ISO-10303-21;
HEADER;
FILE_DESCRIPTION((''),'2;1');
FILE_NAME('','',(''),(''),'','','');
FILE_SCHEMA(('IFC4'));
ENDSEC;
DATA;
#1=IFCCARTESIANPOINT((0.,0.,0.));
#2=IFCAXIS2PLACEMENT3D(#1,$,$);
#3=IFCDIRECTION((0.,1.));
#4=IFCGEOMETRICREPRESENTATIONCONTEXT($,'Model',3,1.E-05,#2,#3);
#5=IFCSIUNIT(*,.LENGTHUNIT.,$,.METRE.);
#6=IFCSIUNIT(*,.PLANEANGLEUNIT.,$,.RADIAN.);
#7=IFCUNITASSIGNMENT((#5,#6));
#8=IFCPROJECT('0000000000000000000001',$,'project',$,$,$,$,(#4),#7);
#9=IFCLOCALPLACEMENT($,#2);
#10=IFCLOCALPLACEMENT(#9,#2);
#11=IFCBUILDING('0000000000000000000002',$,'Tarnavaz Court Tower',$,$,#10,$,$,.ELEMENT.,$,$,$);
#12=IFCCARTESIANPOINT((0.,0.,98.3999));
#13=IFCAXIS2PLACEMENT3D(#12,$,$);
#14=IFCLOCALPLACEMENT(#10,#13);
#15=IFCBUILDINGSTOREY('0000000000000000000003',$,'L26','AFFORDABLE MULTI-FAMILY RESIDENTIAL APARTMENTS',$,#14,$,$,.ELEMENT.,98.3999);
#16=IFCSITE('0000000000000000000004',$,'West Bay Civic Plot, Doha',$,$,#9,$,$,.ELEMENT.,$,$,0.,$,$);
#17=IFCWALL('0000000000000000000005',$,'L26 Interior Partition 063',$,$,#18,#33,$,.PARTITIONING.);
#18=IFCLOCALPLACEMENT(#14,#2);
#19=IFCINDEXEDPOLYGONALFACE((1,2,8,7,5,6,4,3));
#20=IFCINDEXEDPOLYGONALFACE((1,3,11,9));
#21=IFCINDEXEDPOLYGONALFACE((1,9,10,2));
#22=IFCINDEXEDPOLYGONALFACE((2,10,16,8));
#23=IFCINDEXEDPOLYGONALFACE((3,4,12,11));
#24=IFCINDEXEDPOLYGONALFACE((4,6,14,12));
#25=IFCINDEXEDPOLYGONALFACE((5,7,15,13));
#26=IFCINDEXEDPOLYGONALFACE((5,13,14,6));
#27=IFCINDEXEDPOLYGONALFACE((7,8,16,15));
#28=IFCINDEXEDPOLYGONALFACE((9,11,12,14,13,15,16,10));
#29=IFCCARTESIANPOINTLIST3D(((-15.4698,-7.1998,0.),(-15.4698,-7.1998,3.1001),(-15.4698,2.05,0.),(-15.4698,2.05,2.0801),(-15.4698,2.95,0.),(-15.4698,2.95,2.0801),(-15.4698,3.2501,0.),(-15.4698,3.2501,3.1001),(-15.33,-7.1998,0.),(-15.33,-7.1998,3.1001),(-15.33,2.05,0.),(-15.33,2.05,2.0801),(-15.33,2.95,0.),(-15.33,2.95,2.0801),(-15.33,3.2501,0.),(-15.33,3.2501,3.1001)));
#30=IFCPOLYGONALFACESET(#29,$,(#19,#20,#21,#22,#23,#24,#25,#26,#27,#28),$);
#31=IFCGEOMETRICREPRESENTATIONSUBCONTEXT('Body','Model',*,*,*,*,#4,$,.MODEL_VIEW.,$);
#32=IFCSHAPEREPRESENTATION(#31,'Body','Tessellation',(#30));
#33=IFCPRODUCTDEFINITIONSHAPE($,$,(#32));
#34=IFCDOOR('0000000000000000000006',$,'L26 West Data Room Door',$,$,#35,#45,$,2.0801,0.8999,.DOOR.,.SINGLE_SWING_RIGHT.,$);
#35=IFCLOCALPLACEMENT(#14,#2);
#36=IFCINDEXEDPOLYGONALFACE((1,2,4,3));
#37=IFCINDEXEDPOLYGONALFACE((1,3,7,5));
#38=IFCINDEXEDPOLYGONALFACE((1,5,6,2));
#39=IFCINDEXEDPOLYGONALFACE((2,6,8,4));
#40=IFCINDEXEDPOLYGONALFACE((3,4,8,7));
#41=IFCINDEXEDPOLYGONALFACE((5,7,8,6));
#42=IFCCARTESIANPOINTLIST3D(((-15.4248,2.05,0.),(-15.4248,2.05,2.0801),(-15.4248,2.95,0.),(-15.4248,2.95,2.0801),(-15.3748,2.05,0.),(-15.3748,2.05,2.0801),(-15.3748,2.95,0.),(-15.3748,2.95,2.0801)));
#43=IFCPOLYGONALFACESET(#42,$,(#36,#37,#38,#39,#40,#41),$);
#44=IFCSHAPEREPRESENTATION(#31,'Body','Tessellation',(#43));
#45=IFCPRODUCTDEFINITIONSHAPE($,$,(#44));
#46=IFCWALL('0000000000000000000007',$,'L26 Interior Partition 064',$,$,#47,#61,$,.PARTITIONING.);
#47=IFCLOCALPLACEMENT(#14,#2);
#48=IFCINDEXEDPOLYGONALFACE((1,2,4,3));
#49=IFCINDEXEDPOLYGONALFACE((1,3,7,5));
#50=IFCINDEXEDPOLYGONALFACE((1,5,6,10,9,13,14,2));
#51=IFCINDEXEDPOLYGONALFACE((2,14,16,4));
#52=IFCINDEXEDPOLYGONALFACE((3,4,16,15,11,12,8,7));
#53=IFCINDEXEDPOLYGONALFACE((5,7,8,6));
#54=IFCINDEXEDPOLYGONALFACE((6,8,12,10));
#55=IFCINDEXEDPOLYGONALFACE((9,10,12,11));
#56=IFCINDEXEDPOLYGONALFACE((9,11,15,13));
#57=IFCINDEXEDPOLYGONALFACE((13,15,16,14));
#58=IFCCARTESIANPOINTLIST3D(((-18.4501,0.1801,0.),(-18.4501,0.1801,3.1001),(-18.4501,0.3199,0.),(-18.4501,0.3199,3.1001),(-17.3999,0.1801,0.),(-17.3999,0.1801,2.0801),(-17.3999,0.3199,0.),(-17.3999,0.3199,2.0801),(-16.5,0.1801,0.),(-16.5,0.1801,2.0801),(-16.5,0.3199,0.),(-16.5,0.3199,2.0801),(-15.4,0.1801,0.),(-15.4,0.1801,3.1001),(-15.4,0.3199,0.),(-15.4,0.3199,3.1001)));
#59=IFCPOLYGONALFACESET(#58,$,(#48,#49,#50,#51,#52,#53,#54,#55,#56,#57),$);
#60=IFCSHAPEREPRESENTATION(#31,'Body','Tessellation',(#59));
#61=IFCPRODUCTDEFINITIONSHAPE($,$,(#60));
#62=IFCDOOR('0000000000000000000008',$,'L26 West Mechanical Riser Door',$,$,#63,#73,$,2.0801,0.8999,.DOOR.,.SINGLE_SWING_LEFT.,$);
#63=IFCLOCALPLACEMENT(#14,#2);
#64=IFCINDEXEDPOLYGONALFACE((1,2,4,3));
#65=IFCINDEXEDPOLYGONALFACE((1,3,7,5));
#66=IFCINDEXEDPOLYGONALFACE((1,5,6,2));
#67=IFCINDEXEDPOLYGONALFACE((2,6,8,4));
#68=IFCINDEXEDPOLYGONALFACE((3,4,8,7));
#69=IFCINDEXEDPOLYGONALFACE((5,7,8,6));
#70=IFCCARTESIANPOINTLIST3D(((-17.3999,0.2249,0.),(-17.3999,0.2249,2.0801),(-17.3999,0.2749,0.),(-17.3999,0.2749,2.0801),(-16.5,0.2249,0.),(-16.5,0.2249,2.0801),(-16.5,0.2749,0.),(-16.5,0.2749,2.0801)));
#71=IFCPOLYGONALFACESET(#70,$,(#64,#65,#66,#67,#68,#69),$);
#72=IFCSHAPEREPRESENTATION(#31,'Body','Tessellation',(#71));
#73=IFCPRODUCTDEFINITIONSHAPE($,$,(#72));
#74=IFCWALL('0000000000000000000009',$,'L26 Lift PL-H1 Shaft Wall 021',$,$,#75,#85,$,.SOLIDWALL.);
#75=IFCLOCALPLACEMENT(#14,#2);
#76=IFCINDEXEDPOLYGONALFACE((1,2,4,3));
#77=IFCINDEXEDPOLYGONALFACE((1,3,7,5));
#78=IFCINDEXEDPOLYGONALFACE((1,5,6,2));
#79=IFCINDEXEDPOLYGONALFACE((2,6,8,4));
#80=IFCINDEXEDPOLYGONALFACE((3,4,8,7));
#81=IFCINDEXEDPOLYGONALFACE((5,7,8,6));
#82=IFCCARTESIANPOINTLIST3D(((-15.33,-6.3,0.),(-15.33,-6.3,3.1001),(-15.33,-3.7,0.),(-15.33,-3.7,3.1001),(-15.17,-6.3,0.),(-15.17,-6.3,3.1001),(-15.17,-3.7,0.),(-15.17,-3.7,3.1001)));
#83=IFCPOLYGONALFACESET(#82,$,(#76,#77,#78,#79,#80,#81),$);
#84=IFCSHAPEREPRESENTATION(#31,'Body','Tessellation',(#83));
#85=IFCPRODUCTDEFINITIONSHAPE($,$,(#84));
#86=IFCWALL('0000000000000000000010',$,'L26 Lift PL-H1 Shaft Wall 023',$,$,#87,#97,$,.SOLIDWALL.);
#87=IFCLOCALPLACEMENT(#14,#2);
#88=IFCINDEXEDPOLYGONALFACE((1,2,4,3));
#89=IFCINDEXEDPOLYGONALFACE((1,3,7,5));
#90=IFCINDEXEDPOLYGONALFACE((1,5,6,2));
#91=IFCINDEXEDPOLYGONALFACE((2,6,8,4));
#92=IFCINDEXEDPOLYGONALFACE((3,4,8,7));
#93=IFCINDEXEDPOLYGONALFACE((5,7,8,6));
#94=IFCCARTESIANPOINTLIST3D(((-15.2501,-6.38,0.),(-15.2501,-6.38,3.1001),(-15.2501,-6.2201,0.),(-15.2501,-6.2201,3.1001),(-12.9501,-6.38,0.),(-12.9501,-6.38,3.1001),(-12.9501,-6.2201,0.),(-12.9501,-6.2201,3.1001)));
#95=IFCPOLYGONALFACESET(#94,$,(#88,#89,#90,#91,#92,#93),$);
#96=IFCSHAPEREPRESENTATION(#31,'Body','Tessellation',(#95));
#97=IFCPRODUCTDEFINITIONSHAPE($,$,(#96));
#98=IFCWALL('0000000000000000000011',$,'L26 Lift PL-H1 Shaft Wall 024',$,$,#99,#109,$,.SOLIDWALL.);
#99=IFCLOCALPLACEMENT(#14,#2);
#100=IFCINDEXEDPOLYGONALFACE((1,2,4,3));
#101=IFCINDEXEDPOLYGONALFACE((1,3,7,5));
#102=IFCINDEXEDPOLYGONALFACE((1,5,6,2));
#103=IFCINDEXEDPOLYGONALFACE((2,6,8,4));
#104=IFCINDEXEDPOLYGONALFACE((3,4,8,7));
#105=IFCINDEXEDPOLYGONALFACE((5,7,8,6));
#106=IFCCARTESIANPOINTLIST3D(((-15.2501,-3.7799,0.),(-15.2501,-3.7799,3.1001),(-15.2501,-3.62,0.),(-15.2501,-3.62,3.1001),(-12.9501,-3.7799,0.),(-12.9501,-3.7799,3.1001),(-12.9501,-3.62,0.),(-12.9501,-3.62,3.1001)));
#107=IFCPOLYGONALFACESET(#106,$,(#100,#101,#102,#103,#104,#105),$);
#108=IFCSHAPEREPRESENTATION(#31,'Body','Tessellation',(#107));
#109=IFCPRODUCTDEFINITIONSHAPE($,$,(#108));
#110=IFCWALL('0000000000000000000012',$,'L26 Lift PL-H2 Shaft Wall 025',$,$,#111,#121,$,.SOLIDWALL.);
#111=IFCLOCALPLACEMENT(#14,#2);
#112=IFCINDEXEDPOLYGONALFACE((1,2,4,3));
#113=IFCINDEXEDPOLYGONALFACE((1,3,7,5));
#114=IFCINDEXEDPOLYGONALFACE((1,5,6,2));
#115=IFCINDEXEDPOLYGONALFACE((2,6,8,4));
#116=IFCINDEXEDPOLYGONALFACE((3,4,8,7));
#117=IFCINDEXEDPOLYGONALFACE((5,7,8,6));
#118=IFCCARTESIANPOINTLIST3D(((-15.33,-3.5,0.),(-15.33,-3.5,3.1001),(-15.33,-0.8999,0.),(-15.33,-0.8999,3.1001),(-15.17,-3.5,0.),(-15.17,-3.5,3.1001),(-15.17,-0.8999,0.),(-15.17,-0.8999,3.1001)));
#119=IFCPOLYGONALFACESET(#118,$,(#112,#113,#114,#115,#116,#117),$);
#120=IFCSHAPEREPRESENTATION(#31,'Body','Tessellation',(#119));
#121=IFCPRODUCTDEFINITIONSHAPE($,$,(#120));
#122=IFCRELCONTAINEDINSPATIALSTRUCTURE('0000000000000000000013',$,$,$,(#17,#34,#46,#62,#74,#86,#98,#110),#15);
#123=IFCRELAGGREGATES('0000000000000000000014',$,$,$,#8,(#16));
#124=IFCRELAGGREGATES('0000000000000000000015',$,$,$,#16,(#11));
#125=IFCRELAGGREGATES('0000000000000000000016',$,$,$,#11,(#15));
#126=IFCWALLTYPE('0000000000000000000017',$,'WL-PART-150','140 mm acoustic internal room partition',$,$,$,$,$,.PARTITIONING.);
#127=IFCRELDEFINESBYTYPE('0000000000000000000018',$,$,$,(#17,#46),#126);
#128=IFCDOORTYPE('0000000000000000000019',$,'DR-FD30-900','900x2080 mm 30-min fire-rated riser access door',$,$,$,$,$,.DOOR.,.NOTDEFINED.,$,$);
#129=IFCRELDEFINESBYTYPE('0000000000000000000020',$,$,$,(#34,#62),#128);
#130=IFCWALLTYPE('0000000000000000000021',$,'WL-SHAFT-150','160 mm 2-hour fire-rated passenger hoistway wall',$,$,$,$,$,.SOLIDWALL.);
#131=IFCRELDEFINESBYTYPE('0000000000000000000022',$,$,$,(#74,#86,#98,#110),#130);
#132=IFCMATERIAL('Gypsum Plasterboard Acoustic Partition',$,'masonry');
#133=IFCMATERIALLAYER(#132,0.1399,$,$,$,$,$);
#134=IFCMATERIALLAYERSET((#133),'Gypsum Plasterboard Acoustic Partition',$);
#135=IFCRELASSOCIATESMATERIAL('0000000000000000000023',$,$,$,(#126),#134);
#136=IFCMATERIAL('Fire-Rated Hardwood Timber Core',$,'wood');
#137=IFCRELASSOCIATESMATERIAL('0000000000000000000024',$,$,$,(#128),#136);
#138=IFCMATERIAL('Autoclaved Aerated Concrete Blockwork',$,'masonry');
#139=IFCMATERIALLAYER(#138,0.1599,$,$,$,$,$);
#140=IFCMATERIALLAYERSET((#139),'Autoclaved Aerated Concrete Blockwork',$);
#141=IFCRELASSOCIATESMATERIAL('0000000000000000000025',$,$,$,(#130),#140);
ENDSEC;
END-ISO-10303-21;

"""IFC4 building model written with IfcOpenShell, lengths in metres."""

from ifc_helpers import new_model, si_unit, direction, frame, frame_2d, origin, place, context, subcontext, project, spatial, rectangle, extrude, material, layer, layer_set, type_object, element, fill, save


model = new_model("IFC4")

# Units and contexts
model_context = context("Model", 3, precision=1e-05, world=origin(), true_north=direction((0.0, 1.0)))
body_context = subcontext(model_context, "Body", "Model", "MODEL_VIEW")
ifc_project = project(units=[si_unit("LENGTHUNIT", "METRE"), si_unit("PLANEANGLEUNIT", "RADIAN")], contexts=[model_context])

# Site, building, storey
site_placement = place(None, origin())
site = spatial("IfcSite", under=ifc_project, at=site_placement, Name="West Bay Civic Plot, Doha", CompositionType="ELEMENT", RefElevation=0.0)
building_placement = place(site_placement, origin())
building = spatial("IfcBuilding", under=site, at=building_placement, Name="Tarnavaz Court Tower", CompositionType="ELEMENT")
storey_placement = place(building_placement, frame((0.0, 0.0, 98.3999)))
storey = spatial("IfcBuildingStorey", under=building, at=storey_placement, Name="L26", Description="AFFORDABLE MULTI-FAMILY RESIDENTIAL APARTMENTS", CompositionType="ELEMENT", Elevation=98.3999)

# Shared definitions
ifc_material_1 = material(Name="Fire-Rated Hardwood Timber Core", Category="wood")

# Walls, openings, doors
ifc_material_2 = material(Name="Gypsum Plasterboard Acoustic Partition", Category="masonry")
ifc_layer_1 = layer(ifc_material_2, 0.1399)
ifc_layer_set_1 = layer_set([ifc_layer_1], Name="Gypsum Plasterboard Acoustic Partition")
wall_type_1 = type_object("IfcWallType", Name="WL-PART-150", Description="140 mm acoustic internal room partition", PredefinedType="PARTITIONING", material=ifc_layer_set_1)
wall_1_placement = place(storey_placement, frame((-15.3999, -7.2, 0.0), z_axis=(0.0, 0.0, 1.0), x_axis=(0.0, 1.0, 0.0)))
wall_1 = element("IfcWall", 1, at=wall_1_placement, inside=storey, type_object=wall_type_1, Name="L26 Interior Partition 063", PredefinedType="PARTITIONING", context=body_context, shape_type="SweptSolid", body=[
    extrude(rectangle(XDim=10.45, YDim=0.1399, at=frame_2d((5.2251, 0.0))), origin(), (0.0, 0.0, 1.0), 3.1001),
])
opening_1_placement = place(wall_1_placement, frame((9.25, 0.0, 0.0)))
opening_1 = element("IfcOpeningElement", 2, at=opening_1_placement, cuts=wall_1, PredefinedType="OPENING", context=body_context, shape_type="SweptSolid", body=[
    extrude(rectangle(XDim=0.8999, YDim=2.0801, at=frame_2d((0.45, 1.04))), frame((0.0, 0.0798, 0.0), z_axis=(0.0, -1.0, 0.0), x_axis=(1.0, 0.0, 0.0)), (0.0, 0.0, 1.0), 0.1599),
])
door_type_1 = type_object("IfcDoorType", Name="DR-FD30-900", Description="900x2080 mm 30-min fire-rated riser access door", OperationType="NOTDEFINED", PredefinedType="DOOR", material=ifc_material_1)
door_1_placement = place(opening_1_placement, origin())
door_1 = element("IfcDoor", 3, at=door_1_placement, inside=storey, type_object=door_type_1, Name="L26 West Data Room Door", OperationType="SINGLE_SWING_RIGHT", OverallHeight=2.0801, OverallWidth=0.8999, PredefinedType="DOOR", context=body_context, shape_type="SweptSolid", body=[
    extrude(rectangle(XDim=0.8999, YDim=2.0801, at=frame_2d((0.45, 1.04))), frame((0.0, 0.0249, 0.0), z_axis=(0.0, -1.0, 0.0), x_axis=(1.0, 0.0, 0.0)), (0.0, 0.0, 1.0), 0.05),
])
fill(opening_1, door_1)
wall_2_placement = place(storey_placement, frame((-18.45, 0.25, 0.0), z_axis=(0.0, 0.0, 1.0), x_axis=(1.0, 0.0, 0.0)))
wall_2 = element("IfcWall", 4, at=wall_2_placement, inside=storey, type_object=wall_type_1, Name="L26 Interior Partition 064", PredefinedType="PARTITIONING", context=body_context, shape_type="SweptSolid", body=[
    extrude(rectangle(XDim=3.05, YDim=0.1399, at=frame_2d((1.5249, 0.0))), origin(), (0.0, 0.0, 1.0), 3.1001),
])
opening_2_placement = place(wall_2_placement, frame((1.05, 0.0, 0.0)))
opening_2 = element("IfcOpeningElement", 5, at=opening_2_placement, cuts=wall_2, PredefinedType="OPENING", context=body_context, shape_type="SweptSolid", body=[
    extrude(rectangle(XDim=0.8999, YDim=2.0801, at=frame_2d((0.45, 1.04))), frame((0.0, 0.0798, 0.0), z_axis=(0.0, -1.0, 0.0), x_axis=(1.0, 0.0, 0.0)), (0.0, 0.0, 1.0), 0.1599),
])
door_2_placement = place(opening_2_placement, origin())
door_2 = element("IfcDoor", 6, at=door_2_placement, inside=storey, type_object=door_type_1, Name="L26 West Mechanical Riser Door", OperationType="SINGLE_SWING_LEFT", OverallHeight=2.0801, OverallWidth=0.8999, PredefinedType="DOOR", context=body_context, shape_type="SweptSolid", body=[
    extrude(rectangle(XDim=0.8999, YDim=2.0801, at=frame_2d((0.45, 1.04))), frame((0.0, 0.0249, 0.0), z_axis=(0.0, -1.0, 0.0), x_axis=(1.0, 0.0, 0.0)), (0.0, 0.0, 1.0), 0.05),
])
fill(opening_2, door_2)

# Walls
ifc_material_3 = material(Name="Autoclaved Aerated Concrete Blockwork", Category="masonry")
ifc_layer_2 = layer(ifc_material_3, 0.1599)
ifc_layer_set_2 = layer_set([ifc_layer_2], Name="Autoclaved Aerated Concrete Blockwork")
wall_type_2 = type_object("IfcWallType", Name="WL-SHAFT-150", Description="160 mm 2-hour fire-rated passenger hoistway wall", PredefinedType="SOLIDWALL", material=ifc_layer_set_2)
wall_3_placement = place(storey_placement, frame((-15.25, -6.3, 0.0), z_axis=(0.0, 0.0, 1.0), x_axis=(0.0, 1.0, 0.0)))
element("IfcWall", 7, at=wall_3_placement, inside=storey, type_object=wall_type_2, Name="L26 Lift PL-H1 Shaft Wall 021", PredefinedType="SOLIDWALL", context=body_context, shape_type="SweptSolid", body=[
    extrude(rectangle(XDim=2.6001, YDim=0.1599, at=frame_2d((1.3, 0.0))), origin(), (0.0, 0.0, 1.0), 3.1001),
])
for number, where, z_axis, x_axis, name in (
    (8, (-15.25, -6.3, 0.0), (0.0, 0.0, 1.0), (1.0, 0.0, 0.0), "L26 Lift PL-H1 Shaft Wall 023"),
    (9, (-15.25, -3.7, 0.0), (0.0, 0.0, 1.0), (1.0, 0.0, 0.0), "L26 Lift PL-H1 Shaft Wall 024"),
):
    element("IfcWall", number, at=place(storey_placement, frame(where, z_axis=z_axis, x_axis=x_axis)), inside=storey, type_object=wall_type_2, Name=name, PredefinedType="SOLIDWALL", context=body_context, shape_type="SweptSolid", body=[
        extrude(rectangle(XDim=2.3, YDim=0.1599, at=frame_2d((1.1499, 0.0))), origin(), (0.0, 0.0, 1.0), 3.1001),
    ])
wall_4_placement = place(storey_placement, frame((-15.25, -3.5, 0.0), z_axis=(0.0, 0.0, 1.0), x_axis=(0.0, 1.0, 0.0)))
element("IfcWall", 10, at=wall_4_placement, inside=storey, type_object=wall_type_2, Name="L26 Lift PL-H2 Shaft Wall 025", PredefinedType="SOLIDWALL", context=body_context, shape_type="SweptSolid", body=[
    extrude(rectangle(XDim=2.6001, YDim=0.1599, at=frame_2d((1.3, 0.0))), origin(), (0.0, 0.0, 1.0), 3.1001),
])

save(model, "model.ifc")
